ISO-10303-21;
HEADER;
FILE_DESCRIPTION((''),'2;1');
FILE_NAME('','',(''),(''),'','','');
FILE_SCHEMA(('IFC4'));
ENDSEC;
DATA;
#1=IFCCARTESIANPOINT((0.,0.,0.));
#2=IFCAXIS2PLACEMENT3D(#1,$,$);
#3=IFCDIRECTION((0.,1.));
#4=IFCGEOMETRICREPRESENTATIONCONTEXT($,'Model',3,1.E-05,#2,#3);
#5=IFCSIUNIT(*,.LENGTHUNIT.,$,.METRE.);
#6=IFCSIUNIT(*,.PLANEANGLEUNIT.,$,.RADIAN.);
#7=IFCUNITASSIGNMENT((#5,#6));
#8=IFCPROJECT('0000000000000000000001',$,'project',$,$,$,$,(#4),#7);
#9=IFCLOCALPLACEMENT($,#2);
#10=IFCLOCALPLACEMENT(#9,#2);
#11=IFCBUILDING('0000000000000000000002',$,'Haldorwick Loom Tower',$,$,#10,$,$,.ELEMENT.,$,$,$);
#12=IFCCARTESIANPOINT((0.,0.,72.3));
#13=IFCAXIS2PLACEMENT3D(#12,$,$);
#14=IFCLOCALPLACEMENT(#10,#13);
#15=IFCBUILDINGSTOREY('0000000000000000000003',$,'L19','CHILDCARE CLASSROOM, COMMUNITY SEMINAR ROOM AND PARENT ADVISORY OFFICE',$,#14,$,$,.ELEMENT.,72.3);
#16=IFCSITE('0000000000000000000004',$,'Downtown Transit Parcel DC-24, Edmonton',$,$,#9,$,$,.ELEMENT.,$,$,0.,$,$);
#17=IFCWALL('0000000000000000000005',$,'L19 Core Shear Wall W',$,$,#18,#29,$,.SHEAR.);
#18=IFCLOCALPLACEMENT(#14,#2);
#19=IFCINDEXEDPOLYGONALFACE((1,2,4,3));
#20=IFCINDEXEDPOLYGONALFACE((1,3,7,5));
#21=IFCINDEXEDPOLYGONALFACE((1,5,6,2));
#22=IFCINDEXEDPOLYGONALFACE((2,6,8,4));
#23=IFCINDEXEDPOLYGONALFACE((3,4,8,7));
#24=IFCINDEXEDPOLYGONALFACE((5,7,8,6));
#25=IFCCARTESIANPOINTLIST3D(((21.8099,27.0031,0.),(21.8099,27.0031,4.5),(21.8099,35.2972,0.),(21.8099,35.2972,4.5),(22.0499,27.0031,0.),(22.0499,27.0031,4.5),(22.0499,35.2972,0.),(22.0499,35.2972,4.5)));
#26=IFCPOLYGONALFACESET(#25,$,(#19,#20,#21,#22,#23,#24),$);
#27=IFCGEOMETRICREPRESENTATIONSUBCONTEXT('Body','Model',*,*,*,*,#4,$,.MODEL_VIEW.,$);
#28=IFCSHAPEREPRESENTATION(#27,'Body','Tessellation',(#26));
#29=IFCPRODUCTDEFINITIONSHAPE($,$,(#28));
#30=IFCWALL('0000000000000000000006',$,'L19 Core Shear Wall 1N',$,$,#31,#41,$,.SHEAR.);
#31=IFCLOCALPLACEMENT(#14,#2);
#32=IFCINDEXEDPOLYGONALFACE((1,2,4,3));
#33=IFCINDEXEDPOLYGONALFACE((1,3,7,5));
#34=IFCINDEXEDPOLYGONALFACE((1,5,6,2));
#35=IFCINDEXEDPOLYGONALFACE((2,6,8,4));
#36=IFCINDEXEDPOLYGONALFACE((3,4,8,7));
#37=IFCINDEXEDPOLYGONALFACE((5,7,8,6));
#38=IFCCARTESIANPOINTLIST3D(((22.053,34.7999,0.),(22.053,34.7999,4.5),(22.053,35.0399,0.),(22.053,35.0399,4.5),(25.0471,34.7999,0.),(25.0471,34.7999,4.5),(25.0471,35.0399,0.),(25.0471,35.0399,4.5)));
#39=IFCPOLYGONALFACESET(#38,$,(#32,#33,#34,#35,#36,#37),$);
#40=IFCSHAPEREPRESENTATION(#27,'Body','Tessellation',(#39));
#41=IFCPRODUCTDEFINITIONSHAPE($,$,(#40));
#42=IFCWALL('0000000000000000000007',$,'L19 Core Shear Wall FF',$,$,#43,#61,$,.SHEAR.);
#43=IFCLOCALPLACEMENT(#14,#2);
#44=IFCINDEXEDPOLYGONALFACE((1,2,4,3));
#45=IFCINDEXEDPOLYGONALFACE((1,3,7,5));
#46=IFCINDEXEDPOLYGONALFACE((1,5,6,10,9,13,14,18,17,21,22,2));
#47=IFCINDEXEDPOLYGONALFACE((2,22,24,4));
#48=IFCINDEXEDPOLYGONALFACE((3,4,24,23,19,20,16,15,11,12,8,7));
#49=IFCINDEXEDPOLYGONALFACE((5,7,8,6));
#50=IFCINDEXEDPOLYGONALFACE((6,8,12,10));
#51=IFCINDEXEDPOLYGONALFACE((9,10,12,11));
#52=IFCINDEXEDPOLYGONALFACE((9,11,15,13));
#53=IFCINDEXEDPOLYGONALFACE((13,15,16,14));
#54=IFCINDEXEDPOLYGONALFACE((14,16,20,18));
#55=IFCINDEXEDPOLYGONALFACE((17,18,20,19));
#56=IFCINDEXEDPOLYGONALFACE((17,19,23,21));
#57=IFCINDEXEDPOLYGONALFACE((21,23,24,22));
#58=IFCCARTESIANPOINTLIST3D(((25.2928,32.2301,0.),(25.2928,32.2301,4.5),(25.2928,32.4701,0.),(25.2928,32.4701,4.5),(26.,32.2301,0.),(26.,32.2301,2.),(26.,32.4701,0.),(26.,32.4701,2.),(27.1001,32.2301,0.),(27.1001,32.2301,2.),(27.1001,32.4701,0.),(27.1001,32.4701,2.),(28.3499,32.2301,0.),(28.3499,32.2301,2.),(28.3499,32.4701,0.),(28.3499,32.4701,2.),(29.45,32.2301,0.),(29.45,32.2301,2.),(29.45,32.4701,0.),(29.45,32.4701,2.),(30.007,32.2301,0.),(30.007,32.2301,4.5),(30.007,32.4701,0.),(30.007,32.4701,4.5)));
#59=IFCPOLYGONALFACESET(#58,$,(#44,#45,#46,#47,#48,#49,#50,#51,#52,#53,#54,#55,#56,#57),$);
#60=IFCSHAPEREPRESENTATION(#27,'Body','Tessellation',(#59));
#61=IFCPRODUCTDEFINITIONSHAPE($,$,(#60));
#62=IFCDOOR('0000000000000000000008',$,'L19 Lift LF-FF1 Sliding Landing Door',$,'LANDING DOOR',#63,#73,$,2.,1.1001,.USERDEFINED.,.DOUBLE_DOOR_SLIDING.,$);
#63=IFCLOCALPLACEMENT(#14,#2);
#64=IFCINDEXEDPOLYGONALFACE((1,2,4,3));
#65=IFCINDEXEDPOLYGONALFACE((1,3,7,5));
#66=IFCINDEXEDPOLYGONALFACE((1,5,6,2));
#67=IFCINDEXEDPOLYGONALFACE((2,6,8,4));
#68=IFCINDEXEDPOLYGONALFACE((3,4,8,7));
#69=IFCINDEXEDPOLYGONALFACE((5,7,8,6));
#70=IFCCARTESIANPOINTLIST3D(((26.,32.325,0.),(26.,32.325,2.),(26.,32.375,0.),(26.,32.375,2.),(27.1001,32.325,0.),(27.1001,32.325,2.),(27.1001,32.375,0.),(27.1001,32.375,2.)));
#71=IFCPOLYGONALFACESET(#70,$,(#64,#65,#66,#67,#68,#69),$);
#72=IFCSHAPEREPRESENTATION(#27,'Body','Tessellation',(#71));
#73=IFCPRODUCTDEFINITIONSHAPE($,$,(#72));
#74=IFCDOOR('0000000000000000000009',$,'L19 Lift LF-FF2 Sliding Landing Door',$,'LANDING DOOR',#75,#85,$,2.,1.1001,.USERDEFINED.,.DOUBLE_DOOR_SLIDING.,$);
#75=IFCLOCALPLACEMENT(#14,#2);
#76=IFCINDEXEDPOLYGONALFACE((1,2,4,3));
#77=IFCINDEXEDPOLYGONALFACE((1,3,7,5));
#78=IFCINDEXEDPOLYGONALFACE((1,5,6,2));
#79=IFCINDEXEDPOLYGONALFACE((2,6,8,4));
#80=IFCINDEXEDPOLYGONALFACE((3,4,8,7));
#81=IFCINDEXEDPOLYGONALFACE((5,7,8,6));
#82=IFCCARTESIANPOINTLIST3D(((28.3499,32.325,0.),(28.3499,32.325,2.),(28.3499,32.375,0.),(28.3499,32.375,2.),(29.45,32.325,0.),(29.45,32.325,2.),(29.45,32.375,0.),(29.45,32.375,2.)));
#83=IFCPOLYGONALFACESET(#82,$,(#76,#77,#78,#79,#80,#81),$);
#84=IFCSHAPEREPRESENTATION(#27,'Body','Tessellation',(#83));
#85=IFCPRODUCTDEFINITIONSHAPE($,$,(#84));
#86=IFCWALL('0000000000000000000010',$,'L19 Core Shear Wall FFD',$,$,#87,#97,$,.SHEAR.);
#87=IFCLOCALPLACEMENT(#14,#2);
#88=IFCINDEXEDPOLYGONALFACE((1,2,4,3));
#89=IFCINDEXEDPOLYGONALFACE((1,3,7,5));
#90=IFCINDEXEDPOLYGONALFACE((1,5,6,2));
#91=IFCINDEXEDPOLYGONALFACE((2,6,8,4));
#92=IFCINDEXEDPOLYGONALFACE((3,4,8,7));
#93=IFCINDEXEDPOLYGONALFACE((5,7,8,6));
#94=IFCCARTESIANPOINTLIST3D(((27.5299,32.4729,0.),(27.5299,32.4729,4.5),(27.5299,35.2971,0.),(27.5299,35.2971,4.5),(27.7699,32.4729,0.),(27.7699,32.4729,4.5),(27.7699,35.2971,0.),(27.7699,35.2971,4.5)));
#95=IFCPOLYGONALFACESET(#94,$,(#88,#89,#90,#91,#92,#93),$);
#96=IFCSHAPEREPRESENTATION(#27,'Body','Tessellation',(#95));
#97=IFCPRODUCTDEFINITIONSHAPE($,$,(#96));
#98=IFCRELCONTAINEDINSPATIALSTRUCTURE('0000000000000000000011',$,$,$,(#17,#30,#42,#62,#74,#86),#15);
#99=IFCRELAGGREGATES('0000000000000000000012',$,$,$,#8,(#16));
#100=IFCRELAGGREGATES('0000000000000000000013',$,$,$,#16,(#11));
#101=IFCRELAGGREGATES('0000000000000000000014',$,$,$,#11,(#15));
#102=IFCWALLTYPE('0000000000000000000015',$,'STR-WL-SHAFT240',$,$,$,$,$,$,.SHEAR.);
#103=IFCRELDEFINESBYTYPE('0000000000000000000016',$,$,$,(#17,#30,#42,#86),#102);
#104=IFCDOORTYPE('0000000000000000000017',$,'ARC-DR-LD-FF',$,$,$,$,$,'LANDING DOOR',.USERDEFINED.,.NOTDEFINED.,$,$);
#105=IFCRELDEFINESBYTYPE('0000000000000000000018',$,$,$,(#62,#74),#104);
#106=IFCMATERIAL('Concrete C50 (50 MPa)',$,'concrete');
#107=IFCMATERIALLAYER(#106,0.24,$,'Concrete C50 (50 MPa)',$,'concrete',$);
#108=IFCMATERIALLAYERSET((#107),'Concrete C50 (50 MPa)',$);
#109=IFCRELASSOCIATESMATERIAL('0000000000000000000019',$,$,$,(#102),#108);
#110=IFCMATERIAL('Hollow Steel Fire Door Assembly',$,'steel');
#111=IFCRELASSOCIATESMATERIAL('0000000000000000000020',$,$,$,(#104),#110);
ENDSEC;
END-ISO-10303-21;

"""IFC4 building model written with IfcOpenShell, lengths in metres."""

from ifc_helpers import new_model, si_unit, direction, frame, frame_2d, origin, place, context, subcontext, project, spatial, rectangle, extrude, material, layer, layer_set, type_object, element, fill, save


model = new_model("IFC4")

# Units and contexts
model_context = context("Model", 3, precision=1e-05, world=origin(), true_north=direction((0.0, 1.0)))
body_context = subcontext(model_context, "Body", "Model", "MODEL_VIEW")
ifc_project = project(units=[si_unit("LENGTHUNIT", "METRE"), si_unit("PLANEANGLEUNIT", "RADIAN")], contexts=[model_context])

# Site, building, storey
site_placement = place(None, origin())
site = spatial("IfcSite", under=ifc_project, at=site_placement, Name="Downtown Transit Parcel DC-24, Edmonton", CompositionType="ELEMENT", RefElevation=0.0)
building_placement = place(site_placement, origin())
building = spatial("IfcBuilding", under=site, at=building_placement, Name="Haldorwick Loom Tower", CompositionType="ELEMENT")
storey_placement = place(building_placement, frame((0.0, 0.0, 72.3)))
storey = spatial("IfcBuildingStorey", under=building, at=storey_placement, Name="L19", Description="CHILDCARE CLASSROOM, COMMUNITY SEMINAR ROOM AND PARENT ADVISORY OFFICE", CompositionType="ELEMENT", Elevation=72.3)

# Walls
ifc_material_1 = material(Name="Concrete C50 (50 MPa)", Category="concrete")
ifc_layer_1 = layer(ifc_material_1, 0.24, Name="Concrete C50 (50 MPa)", Category="concrete")
ifc_layer_set_1 = layer_set([ifc_layer_1], Name="Concrete C50 (50 MPa)")
wall_type_1 = type_object("IfcWallType", Name="STR-WL-SHAFT240", PredefinedType="SHEAR", material=ifc_layer_set_1)
wall_1_placement = place(storey_placement, frame((21.9299, 35.2971, 0.0), z_axis=(0.0, 0.0, 1.0), x_axis=(0.0, -1.0, 0.0)))
element("IfcWall", 1, at=wall_1_placement, inside=storey, type_object=wall_type_1, Name="L19 Core Shear Wall W", PredefinedType="SHEAR", context=body_context, shape_type="SweptSolid", body=[
    extrude(rectangle(XDim=8.2942, YDim=0.24, at=frame_2d((4.147, 0.0))), origin(), (0.0, 0.0, 1.0), 4.5),
])
wall_2_placement = place(storey_placement, frame((22.053, 34.9199, 0.0), z_axis=(0.0, 0.0, 1.0), x_axis=(1.0, 0.0, 0.0)))
element("IfcWall", 2, at=wall_2_placement, inside=storey, type_object=wall_type_1, Name="L19 Core Shear Wall 1N", PredefinedType="SHEAR", context=body_context, shape_type="SweptSolid", body=[
    extrude(rectangle(XDim=2.9941, YDim=0.24, at=frame_2d((1.4971, 0.0))), origin(), (0.0, 0.0, 1.0), 4.5),
])

# Wall, openings, doors
wall_3_placement = place(storey_placement, frame((25.293, 32.3501, 0.0), z_axis=(0.0, 0.0, 1.0), x_axis=(1.0, 0.0, 0.0)))
wall_3 = element("IfcWall", 3, at=wall_3_placement, inside=storey, type_object=wall_type_1, Name="L19 Core Shear Wall FF", PredefinedType="SHEAR", context=body_context, shape_type="SweptSolid", body=[
    extrude(rectangle(XDim=4.7141, YDim=0.24, at=frame_2d((2.3569, 0.0))), origin(), (0.0, 0.0, 1.0), 4.5),
])
opening_1_placement = place(wall_3_placement, frame((0.707, 0.0, 0.0)))
opening_1 = element("IfcOpeningElement", 4, at=opening_1_placement, cuts=wall_3, PredefinedType="OPENING", context=body_context, shape_type="SweptSolid", body=[
    extrude(rectangle(XDim=1.1001, YDim=2.0, at=frame_2d((0.55, 1.0))), frame((0.0, 0.1299, 0.0), z_axis=(0.0, -1.0, 0.0), x_axis=(1.0, 0.0, 0.0)), (0.0, 0.0, 1.0), 0.26),
])
opening_2_placement = place(wall_3_placement, frame((3.0569, 0.0, 0.0)))
opening_2 = element("IfcOpeningElement", 5, at=opening_2_placement, cuts=wall_3, PredefinedType="OPENING", context=body_context, shape_type="SweptSolid", body=[
    extrude(rectangle(XDim=1.1001, YDim=2.0, at=frame_2d((0.55, 1.0))), frame((0.0, 0.1299, 0.0), z_axis=(0.0, -1.0, 0.0), x_axis=(1.0, 0.0, 0.0)), (0.0, 0.0, 1.0), 0.26),
])
ifc_material_2 = material(Name="Hollow Steel Fire Door Assembly", Category="steel")
door_type = type_object("IfcDoorType", Name="ARC-DR-LD-FF", ElementType="LANDING DOOR", OperationType="NOTDEFINED", PredefinedType="USERDEFINED", material=ifc_material_2)
door_1_placement = place(opening_1_placement, origin())
door_1 = element("IfcDoor", 6, at=door_1_placement, inside=storey, type_object=door_type, Name="L19 Lift LF-FF1 Sliding Landing Door", ObjectType="LANDING DOOR", OperationType="DOUBLE_DOOR_SLIDING", OverallHeight=2.0, OverallWidth=1.1001, PredefinedType="USERDEFINED", context=body_context, shape_type="SweptSolid", body=[
    extrude(rectangle(XDim=1.1001, YDim=2.0, at=frame_2d((0.55, 1.0))), frame((0.0, 0.0249, 0.0), z_axis=(0.0, -1.0, 0.0), x_axis=(1.0, 0.0, 0.0)), (0.0, 0.0, 1.0), 0.05),
])
fill(opening_1, door_1)
door_2_placement = place(opening_2_placement, origin())
door_2 = element("IfcDoor", 7, at=door_2_placement, inside=storey, type_object=door_type, Name="L19 Lift LF-FF2 Sliding Landing Door", ObjectType="LANDING DOOR", OperationType="DOUBLE_DOOR_SLIDING", OverallHeight=2.0, OverallWidth=1.1001, PredefinedType="USERDEFINED", context=body_context, shape_type="SweptSolid", body=[
    extrude(rectangle(XDim=1.1001, YDim=2.0, at=frame_2d((0.55, 1.0))), frame((0.0, 0.0249, 0.0), z_axis=(0.0, -1.0, 0.0), x_axis=(1.0, 0.0, 0.0)), (0.0, 0.0, 1.0), 0.05),
])
fill(opening_2, door_2)

# Wall
wall_4_placement = place(storey_placement, frame((27.6499, 32.4729, 0.0), z_axis=(0.0, 0.0, 1.0), x_axis=(0.0, 1.0, 0.0)))
element("IfcWall", 8, at=wall_4_placement, inside=storey, type_object=wall_type_1, Name="L19 Core Shear Wall FFD", PredefinedType="SHEAR", context=body_context, shape_type="SweptSolid", body=[
    extrude(rectangle(XDim=2.8242, YDim=0.24, at=frame_2d((1.4121, 0.0))), origin(), (0.0, 0.0, 1.0), 4.5),
])

save(model, "model.ifc")
